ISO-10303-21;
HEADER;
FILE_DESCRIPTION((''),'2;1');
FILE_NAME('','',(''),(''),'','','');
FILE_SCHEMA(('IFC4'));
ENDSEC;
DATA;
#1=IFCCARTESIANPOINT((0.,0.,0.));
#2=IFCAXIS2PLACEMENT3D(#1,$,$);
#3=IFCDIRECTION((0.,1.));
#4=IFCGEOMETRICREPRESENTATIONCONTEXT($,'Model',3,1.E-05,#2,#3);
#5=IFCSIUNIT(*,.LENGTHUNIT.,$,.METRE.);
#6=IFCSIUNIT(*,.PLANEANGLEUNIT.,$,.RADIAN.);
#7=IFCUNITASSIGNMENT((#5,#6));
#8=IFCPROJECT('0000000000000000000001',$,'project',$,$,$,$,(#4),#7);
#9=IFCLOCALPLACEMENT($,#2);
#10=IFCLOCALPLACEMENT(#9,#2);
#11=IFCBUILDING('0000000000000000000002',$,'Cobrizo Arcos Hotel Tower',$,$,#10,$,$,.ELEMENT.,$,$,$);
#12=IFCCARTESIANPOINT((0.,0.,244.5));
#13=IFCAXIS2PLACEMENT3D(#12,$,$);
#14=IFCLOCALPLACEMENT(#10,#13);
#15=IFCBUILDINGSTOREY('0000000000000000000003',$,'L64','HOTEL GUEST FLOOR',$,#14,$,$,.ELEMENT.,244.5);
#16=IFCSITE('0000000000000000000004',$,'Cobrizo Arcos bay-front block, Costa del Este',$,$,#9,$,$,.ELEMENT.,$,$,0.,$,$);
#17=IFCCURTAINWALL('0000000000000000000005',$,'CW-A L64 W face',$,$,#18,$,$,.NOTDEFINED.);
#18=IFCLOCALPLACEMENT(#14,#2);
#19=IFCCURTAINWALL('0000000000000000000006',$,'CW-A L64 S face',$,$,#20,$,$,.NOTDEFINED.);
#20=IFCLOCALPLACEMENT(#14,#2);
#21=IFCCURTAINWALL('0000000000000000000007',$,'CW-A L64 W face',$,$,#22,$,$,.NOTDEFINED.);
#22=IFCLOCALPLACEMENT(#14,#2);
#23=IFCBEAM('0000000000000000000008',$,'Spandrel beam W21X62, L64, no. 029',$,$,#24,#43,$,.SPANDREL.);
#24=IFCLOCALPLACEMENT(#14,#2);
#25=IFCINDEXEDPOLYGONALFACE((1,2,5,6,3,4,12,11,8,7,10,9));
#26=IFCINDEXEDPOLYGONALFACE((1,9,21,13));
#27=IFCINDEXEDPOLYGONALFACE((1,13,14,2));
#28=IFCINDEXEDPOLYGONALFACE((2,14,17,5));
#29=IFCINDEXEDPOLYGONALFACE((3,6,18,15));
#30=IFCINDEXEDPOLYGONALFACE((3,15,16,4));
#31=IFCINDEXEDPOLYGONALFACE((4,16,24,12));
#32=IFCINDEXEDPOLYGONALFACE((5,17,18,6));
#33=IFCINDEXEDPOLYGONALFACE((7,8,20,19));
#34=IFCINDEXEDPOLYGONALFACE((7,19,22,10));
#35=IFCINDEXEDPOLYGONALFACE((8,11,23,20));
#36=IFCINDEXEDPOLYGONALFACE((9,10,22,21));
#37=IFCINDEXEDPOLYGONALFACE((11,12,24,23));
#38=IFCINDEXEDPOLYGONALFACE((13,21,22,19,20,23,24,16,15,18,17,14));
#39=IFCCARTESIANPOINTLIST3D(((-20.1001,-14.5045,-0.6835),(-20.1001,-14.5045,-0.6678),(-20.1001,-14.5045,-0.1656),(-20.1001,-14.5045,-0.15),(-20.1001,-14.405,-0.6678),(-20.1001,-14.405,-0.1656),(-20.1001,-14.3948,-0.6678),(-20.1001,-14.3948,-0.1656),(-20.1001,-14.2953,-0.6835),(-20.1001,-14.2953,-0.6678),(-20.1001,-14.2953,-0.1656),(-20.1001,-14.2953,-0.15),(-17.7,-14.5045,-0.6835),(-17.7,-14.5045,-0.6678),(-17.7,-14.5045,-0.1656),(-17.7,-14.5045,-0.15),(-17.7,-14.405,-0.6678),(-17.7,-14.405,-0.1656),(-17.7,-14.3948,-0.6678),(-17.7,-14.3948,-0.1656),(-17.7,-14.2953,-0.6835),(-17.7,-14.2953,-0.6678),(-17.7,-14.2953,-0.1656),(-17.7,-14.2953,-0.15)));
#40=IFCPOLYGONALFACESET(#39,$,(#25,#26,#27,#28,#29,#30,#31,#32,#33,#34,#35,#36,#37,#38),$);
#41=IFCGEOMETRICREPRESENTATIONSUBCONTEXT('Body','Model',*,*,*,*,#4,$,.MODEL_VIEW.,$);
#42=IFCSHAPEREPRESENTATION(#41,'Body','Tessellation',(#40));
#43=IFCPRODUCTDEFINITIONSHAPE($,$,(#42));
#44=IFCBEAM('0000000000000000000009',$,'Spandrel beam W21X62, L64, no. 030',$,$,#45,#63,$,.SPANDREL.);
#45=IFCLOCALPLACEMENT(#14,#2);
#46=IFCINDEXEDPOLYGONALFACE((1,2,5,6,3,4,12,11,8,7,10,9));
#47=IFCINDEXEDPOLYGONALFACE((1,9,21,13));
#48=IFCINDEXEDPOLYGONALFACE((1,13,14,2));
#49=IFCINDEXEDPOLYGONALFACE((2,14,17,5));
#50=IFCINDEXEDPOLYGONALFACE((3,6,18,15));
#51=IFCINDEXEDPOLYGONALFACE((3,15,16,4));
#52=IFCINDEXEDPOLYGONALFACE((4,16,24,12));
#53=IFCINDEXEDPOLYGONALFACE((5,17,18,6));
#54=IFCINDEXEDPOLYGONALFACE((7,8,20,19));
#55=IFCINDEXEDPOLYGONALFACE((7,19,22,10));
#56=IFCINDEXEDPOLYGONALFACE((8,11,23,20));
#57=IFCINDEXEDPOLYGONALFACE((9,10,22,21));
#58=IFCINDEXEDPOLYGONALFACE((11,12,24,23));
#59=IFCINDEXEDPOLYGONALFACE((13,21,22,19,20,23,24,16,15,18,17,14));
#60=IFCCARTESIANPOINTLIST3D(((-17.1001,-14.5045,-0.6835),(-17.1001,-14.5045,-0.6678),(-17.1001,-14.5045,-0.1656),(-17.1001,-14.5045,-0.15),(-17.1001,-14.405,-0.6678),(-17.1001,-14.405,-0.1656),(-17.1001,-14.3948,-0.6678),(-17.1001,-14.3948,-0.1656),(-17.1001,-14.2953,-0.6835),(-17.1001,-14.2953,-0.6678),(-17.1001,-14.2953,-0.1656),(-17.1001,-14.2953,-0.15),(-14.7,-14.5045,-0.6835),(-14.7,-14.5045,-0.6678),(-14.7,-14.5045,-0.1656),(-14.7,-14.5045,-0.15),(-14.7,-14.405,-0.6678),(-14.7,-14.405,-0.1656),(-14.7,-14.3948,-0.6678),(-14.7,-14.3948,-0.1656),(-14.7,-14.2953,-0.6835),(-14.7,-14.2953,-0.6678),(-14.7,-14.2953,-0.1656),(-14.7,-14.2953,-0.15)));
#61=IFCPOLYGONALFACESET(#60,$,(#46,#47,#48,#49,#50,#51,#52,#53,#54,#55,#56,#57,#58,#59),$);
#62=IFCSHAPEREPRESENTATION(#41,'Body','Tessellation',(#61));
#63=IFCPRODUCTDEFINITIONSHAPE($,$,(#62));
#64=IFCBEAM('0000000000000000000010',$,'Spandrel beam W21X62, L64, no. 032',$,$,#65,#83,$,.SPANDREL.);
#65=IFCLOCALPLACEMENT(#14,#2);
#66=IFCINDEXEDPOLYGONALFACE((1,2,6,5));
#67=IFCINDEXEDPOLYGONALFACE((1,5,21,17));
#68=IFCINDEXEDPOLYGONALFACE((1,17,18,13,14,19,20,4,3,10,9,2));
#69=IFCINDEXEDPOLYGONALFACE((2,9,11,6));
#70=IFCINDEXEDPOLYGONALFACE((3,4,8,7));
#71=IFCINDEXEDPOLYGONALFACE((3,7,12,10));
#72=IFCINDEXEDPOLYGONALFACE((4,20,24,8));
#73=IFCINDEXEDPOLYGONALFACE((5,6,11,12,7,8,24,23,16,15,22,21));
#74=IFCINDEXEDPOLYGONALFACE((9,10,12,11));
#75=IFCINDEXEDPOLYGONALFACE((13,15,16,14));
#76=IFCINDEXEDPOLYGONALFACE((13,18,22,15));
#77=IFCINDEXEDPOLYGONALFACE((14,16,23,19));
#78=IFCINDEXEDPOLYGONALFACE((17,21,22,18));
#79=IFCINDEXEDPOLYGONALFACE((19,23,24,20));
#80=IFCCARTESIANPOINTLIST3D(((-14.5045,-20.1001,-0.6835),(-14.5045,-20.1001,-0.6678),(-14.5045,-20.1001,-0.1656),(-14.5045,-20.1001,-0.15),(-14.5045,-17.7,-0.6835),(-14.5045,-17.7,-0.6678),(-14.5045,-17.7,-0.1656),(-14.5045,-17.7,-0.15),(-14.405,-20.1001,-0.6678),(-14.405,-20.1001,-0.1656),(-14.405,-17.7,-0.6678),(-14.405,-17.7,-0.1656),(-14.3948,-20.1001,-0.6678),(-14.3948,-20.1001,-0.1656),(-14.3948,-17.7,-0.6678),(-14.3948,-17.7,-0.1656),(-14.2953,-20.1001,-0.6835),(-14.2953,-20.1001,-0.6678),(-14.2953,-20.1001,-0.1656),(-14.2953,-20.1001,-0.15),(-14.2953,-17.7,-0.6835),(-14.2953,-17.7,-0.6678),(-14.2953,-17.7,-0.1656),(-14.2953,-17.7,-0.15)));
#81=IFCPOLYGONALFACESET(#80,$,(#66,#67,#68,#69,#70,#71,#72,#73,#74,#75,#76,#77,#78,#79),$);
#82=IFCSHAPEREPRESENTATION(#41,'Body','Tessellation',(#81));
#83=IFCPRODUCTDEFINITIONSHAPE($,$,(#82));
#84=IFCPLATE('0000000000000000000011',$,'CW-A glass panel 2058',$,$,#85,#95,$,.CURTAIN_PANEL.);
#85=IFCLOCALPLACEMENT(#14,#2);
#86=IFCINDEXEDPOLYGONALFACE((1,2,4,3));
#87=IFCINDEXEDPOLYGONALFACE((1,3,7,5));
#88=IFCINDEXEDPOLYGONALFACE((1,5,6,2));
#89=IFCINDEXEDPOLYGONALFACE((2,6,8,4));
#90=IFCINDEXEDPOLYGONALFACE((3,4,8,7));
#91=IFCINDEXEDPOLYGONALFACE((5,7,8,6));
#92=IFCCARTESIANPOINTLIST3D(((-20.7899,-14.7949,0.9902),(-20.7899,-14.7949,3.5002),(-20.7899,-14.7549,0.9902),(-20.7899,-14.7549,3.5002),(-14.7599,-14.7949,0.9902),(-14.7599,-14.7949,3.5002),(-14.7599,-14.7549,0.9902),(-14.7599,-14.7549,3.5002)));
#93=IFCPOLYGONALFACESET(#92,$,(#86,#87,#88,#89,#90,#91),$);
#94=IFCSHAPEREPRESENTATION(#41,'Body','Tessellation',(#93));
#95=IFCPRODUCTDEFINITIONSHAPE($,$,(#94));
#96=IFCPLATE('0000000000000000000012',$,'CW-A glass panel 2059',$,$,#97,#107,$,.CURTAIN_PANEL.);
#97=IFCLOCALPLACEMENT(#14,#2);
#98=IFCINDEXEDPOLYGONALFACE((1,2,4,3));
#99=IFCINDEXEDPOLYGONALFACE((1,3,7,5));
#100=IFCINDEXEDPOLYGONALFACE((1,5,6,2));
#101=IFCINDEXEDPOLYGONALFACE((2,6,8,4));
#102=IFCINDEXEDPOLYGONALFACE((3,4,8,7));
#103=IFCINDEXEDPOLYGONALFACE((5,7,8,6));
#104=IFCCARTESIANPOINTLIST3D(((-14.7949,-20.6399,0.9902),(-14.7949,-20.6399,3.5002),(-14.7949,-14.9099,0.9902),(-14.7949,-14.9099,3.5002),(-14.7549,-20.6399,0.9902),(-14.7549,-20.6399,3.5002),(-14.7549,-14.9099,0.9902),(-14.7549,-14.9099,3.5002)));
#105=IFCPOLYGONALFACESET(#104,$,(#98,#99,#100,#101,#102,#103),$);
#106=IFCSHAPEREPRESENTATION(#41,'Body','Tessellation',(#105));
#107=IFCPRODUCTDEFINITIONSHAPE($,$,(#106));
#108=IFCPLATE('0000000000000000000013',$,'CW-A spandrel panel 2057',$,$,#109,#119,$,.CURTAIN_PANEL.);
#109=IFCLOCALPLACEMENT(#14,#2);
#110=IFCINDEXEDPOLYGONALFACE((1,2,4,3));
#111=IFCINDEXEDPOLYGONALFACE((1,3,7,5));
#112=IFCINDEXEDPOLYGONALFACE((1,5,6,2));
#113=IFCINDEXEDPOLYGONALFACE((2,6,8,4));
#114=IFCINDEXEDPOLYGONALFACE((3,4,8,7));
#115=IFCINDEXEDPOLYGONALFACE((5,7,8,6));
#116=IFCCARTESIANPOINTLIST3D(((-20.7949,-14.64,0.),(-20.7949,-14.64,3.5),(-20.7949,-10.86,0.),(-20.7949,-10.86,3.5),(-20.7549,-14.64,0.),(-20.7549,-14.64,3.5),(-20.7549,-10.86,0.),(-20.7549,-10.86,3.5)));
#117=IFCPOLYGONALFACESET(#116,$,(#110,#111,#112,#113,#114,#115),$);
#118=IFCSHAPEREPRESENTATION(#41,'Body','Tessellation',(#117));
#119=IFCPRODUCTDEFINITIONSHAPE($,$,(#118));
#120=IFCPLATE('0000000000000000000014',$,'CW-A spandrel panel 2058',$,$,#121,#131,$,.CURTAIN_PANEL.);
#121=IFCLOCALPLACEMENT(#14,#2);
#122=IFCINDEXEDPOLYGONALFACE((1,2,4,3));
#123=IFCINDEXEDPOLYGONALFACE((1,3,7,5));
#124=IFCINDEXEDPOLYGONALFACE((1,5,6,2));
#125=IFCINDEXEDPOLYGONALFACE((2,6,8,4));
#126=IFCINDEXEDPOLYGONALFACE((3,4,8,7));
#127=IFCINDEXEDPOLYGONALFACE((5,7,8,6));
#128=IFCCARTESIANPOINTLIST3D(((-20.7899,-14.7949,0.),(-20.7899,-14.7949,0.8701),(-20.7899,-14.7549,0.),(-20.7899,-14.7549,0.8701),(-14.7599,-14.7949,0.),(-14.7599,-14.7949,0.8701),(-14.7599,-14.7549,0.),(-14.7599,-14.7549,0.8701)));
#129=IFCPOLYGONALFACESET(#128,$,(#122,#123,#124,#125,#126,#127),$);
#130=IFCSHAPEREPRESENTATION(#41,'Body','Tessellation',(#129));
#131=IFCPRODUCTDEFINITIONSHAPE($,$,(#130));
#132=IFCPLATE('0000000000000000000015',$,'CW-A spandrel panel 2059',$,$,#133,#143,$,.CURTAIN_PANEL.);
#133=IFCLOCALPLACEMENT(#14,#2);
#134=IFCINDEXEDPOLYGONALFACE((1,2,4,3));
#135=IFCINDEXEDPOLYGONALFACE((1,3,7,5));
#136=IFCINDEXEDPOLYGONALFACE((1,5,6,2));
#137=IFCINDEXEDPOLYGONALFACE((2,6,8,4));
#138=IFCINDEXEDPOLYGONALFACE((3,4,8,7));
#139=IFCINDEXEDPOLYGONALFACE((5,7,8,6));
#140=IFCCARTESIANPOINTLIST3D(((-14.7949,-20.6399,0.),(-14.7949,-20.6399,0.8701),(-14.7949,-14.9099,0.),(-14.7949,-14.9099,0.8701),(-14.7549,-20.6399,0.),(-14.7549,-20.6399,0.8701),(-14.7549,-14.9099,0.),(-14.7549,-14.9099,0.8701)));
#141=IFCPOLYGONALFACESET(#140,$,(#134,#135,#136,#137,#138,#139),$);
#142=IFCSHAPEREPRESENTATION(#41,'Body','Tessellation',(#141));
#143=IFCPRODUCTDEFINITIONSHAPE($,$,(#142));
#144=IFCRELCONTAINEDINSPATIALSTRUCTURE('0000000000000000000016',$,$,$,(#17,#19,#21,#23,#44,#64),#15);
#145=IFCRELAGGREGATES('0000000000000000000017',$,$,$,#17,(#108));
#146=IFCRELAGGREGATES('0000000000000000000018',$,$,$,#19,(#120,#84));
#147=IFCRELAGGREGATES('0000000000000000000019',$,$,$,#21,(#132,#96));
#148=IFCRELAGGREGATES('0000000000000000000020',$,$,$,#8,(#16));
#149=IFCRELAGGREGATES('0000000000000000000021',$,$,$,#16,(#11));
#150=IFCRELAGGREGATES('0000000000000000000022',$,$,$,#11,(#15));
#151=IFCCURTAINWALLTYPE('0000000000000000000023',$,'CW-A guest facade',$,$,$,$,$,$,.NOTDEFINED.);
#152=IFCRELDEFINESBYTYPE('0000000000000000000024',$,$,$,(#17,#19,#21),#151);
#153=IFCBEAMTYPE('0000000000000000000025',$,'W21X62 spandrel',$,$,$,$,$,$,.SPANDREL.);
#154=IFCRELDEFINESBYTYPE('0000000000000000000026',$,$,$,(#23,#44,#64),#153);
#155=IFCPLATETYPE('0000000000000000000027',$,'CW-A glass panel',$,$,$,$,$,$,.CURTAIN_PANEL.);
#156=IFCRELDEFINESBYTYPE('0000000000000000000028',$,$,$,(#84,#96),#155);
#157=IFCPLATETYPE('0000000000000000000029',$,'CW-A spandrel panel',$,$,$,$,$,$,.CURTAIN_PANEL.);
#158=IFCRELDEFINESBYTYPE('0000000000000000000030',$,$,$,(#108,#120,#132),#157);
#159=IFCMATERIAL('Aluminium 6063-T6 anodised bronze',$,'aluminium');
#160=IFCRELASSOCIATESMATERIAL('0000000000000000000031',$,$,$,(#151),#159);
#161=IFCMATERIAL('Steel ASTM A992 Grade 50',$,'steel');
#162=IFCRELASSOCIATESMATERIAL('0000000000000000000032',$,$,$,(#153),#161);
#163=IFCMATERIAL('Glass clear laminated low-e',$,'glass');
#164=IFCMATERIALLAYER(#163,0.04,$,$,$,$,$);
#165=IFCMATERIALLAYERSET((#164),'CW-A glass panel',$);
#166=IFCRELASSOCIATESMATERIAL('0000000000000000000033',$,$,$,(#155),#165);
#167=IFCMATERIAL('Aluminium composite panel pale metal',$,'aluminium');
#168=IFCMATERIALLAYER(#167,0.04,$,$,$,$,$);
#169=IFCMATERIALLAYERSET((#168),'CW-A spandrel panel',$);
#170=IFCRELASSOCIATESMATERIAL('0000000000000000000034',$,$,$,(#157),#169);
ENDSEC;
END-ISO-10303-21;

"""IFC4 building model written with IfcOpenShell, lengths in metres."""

from ifc_helpers import new_model, si_unit, direction, frame, origin, origin_2d, place, context, subcontext, project, spatial, rectangle, i_section, extrude, material, layer, layer_set, material_profile, profile_set, type_object, element, aggregate, save


model = new_model("IFC4")

# Units and contexts
model_context = context("Model", 3, precision=1e-05, world=origin(), true_north=direction((0.0, 1.0)))
body_context = subcontext(model_context, "Body", "Model", "MODEL_VIEW")
ifc_project = project(units=[si_unit("LENGTHUNIT", "METRE"), si_unit("PLANEANGLEUNIT", "RADIAN")], contexts=[model_context])

# Site, building, storey
site_placement = place(None, origin())
site = spatial("IfcSite", under=ifc_project, at=site_placement, Name="Cobrizo Arcos bay-front block, Costa del Este", CompositionType="ELEMENT", RefElevation=0.0)
building_placement = place(site_placement, origin())
building = spatial("IfcBuilding", under=site, at=building_placement, Name="Cobrizo Arcos Hotel Tower", CompositionType="ELEMENT")
storey_placement = place(building_placement, frame((0.0, 0.0, 244.5)))
storey = spatial("IfcBuildingStorey", under=building, at=storey_placement, Name="L64", Description="HOTEL GUEST FLOOR", CompositionType="ELEMENT", Elevation=244.5)

# Curtain wall
ifc_material_1 = material(Name="Aluminium 6063-T6 anodised bronze", Category="aluminium")
curtain_wall_type = type_object("IfcCurtainWallType", Name="CW-A guest facade", PredefinedType="NOTDEFINED", material=ifc_material_1)
curtain_wall_1_placement = place(storey_placement, origin())
curtain_wall_1 = element("IfcCurtainWall", 1, at=curtain_wall_1_placement, inside=storey, type_object=curtain_wall_type, Name="CW-A L64 W face", PredefinedType="NOTDEFINED")

# Curtain walls
curtain_wall_2_placement = place(storey_placement, origin())
curtain_wall_2 = element("IfcCurtainWall", 2, at=curtain_wall_2_placement, inside=storey, type_object=curtain_wall_type, Name="CW-A L64 S face", PredefinedType="NOTDEFINED")
curtain_wall_3_placement = place(storey_placement, origin())
curtain_wall_3 = element("IfcCurtainWall", 3, at=curtain_wall_3_placement, inside=storey, type_object=curtain_wall_type, Name="CW-A L64 W face", PredefinedType="NOTDEFINED")

# Beams
ifc_material_2 = material(Name="Steel ASTM A992 Grade 50", Category="steel")
ifc_material_profile_1 = material_profile(ifc_material_2, i_section(OverallWidth=0.2092, OverallDepth=0.5334, WebThickness=0.0103, FlangeThickness=0.0156, at=origin_2d()), Name="W21X62")
ifc_profile_set_1 = profile_set([ifc_material_profile_1], Name="Steel ASTM A992 Grade 50")
beam_type_1 = type_object("IfcBeamType", Name="W21X62 spandrel", PredefinedType="SPANDREL", material=ifc_profile_set_1)
for number, where, z_axis, x_axis, name in (
    (4, (-20.1001, -14.3999, -0.4167), (1.0, 0.0, 0.0), (0.0, 1.0, 0.0), "Spandrel beam W21X62, L64, no. 029"),
    (5, (-17.1001, -14.3999, -0.4167), (1.0, 0.0, 0.0), (0.0, 1.0, 0.0), "Spandrel beam W21X62, L64, no. 030"),
    (6, (-14.3999, -17.7, -0.4167), (0.0, -1.0, 0.0), (1.0, 0.0, 0.0), "Spandrel beam W21X62, L64, no. 032"),
):
    element("IfcBeam", number, at=place(storey_placement, frame(where, z_axis=z_axis, x_axis=x_axis)), inside=storey, type_object=beam_type_1, Name=name, PredefinedType="SPANDREL", context=body_context, shape_type="SweptSolid", body=[
        extrude(i_section(OverallWidth=0.2092, OverallDepth=0.5334, WebThickness=0.0103, FlangeThickness=0.0156, at=origin_2d()), origin(), (0.0, 0.0, 1.0), 2.4001),
    ])

# Plates
ifc_material_3 = material(Name="Glass clear laminated low-e", Category="glass")
ifc_layer_1 = layer(ifc_material_3, 0.04)
ifc_layer_set_1 = layer_set([ifc_layer_1], Name="CW-A glass panel")
plate_type_1 = type_object("IfcPlateType", Name="CW-A glass panel", PredefinedType="CURTAIN_PANEL", material=ifc_layer_set_1)
plate_1_placement = place(storey_placement, frame((-17.7749, -14.7749, 0.9902), z_axis=(0.0, 0.0, 1.0), x_axis=(1.0, 0.0, 0.0)))
plate_1 = element("IfcPlate", 7, at=plate_1_placement, type_object=plate_type_1, Name="CW-A glass panel 2058", PredefinedType="CURTAIN_PANEL", context=body_context, shape_type="SweptSolid", body=[
    extrude(rectangle(XDim=6.03, YDim=0.04, at=origin_2d()), origin(), (0.0, 0.0, 1.0), 2.51),
])
plate_2_placement = place(storey_placement, frame((-14.7749, -17.7749, 0.9902), z_axis=(0.0, 0.0, 1.0), x_axis=(0.0, -1.0, 0.0)))
plate_2 = element("IfcPlate", 8, at=plate_2_placement, type_object=plate_type_1, Name="CW-A glass panel 2059", PredefinedType="CURTAIN_PANEL", context=body_context, shape_type="SweptSolid", body=[
    extrude(rectangle(XDim=5.73, YDim=0.04, at=origin_2d()), origin(), (0.0, 0.0, 1.0), 2.51),
])
ifc_material_4 = material(Name="Aluminium composite panel pale metal", Category="aluminium")
ifc_layer_2 = layer(ifc_material_4, 0.04)
ifc_layer_set_2 = layer_set([ifc_layer_2], Name="CW-A spandrel panel")
plate_type_2 = type_object("IfcPlateType", Name="CW-A spandrel panel", PredefinedType="CURTAIN_PANEL", material=ifc_layer_set_2)
plate_3_placement = place(storey_placement, frame((-20.7749, -12.75, 0.0), z_axis=(0.0, 0.0, 1.0), x_axis=(0.0, -1.0, 0.0)))
plate_3 = element("IfcPlate", 9, at=plate_3_placement, type_object=plate_type_2, Name="CW-A spandrel panel 2057", PredefinedType="CURTAIN_PANEL", context=body_context, shape_type="SweptSolid", body=[
    extrude(rectangle(XDim=3.78, YDim=0.04, at=origin_2d()), origin(), (0.0, 0.0, 1.0), 3.5),
])
aggregate(curtain_wall_1, [plate_3])
plate_4_placement = place(storey_placement, frame((-17.7749, -14.7749, 0.0), z_axis=(0.0, 0.0, 1.0), x_axis=(1.0, 0.0, 0.0)))
plate_4 = element("IfcPlate", 10, at=plate_4_placement, type_object=plate_type_2, Name="CW-A spandrel panel 2058", PredefinedType="CURTAIN_PANEL", context=body_context, shape_type="SweptSolid", body=[
    extrude(rectangle(XDim=6.03, YDim=0.04, at=origin_2d()), origin(), (0.0, 0.0, 1.0), 0.8701),
])
aggregate(curtain_wall_2, [plate_4, plate_1])
plate_5_placement = place(storey_placement, frame((-14.7749, -17.7749, 0.0), z_axis=(0.0, 0.0, 1.0), x_axis=(0.0, -1.0, 0.0)))
plate_5 = element("IfcPlate", 11, at=plate_5_placement, type_object=plate_type_2, Name="CW-A spandrel panel 2059", PredefinedType="CURTAIN_PANEL", context=body_context, shape_type="SweptSolid", body=[
    extrude(rectangle(XDim=5.73, YDim=0.04, at=origin_2d()), origin(), (0.0, 0.0, 1.0), 0.8701),
])
aggregate(curtain_wall_3, [plate_5, plate_2])

save(model, "model.ifc")
